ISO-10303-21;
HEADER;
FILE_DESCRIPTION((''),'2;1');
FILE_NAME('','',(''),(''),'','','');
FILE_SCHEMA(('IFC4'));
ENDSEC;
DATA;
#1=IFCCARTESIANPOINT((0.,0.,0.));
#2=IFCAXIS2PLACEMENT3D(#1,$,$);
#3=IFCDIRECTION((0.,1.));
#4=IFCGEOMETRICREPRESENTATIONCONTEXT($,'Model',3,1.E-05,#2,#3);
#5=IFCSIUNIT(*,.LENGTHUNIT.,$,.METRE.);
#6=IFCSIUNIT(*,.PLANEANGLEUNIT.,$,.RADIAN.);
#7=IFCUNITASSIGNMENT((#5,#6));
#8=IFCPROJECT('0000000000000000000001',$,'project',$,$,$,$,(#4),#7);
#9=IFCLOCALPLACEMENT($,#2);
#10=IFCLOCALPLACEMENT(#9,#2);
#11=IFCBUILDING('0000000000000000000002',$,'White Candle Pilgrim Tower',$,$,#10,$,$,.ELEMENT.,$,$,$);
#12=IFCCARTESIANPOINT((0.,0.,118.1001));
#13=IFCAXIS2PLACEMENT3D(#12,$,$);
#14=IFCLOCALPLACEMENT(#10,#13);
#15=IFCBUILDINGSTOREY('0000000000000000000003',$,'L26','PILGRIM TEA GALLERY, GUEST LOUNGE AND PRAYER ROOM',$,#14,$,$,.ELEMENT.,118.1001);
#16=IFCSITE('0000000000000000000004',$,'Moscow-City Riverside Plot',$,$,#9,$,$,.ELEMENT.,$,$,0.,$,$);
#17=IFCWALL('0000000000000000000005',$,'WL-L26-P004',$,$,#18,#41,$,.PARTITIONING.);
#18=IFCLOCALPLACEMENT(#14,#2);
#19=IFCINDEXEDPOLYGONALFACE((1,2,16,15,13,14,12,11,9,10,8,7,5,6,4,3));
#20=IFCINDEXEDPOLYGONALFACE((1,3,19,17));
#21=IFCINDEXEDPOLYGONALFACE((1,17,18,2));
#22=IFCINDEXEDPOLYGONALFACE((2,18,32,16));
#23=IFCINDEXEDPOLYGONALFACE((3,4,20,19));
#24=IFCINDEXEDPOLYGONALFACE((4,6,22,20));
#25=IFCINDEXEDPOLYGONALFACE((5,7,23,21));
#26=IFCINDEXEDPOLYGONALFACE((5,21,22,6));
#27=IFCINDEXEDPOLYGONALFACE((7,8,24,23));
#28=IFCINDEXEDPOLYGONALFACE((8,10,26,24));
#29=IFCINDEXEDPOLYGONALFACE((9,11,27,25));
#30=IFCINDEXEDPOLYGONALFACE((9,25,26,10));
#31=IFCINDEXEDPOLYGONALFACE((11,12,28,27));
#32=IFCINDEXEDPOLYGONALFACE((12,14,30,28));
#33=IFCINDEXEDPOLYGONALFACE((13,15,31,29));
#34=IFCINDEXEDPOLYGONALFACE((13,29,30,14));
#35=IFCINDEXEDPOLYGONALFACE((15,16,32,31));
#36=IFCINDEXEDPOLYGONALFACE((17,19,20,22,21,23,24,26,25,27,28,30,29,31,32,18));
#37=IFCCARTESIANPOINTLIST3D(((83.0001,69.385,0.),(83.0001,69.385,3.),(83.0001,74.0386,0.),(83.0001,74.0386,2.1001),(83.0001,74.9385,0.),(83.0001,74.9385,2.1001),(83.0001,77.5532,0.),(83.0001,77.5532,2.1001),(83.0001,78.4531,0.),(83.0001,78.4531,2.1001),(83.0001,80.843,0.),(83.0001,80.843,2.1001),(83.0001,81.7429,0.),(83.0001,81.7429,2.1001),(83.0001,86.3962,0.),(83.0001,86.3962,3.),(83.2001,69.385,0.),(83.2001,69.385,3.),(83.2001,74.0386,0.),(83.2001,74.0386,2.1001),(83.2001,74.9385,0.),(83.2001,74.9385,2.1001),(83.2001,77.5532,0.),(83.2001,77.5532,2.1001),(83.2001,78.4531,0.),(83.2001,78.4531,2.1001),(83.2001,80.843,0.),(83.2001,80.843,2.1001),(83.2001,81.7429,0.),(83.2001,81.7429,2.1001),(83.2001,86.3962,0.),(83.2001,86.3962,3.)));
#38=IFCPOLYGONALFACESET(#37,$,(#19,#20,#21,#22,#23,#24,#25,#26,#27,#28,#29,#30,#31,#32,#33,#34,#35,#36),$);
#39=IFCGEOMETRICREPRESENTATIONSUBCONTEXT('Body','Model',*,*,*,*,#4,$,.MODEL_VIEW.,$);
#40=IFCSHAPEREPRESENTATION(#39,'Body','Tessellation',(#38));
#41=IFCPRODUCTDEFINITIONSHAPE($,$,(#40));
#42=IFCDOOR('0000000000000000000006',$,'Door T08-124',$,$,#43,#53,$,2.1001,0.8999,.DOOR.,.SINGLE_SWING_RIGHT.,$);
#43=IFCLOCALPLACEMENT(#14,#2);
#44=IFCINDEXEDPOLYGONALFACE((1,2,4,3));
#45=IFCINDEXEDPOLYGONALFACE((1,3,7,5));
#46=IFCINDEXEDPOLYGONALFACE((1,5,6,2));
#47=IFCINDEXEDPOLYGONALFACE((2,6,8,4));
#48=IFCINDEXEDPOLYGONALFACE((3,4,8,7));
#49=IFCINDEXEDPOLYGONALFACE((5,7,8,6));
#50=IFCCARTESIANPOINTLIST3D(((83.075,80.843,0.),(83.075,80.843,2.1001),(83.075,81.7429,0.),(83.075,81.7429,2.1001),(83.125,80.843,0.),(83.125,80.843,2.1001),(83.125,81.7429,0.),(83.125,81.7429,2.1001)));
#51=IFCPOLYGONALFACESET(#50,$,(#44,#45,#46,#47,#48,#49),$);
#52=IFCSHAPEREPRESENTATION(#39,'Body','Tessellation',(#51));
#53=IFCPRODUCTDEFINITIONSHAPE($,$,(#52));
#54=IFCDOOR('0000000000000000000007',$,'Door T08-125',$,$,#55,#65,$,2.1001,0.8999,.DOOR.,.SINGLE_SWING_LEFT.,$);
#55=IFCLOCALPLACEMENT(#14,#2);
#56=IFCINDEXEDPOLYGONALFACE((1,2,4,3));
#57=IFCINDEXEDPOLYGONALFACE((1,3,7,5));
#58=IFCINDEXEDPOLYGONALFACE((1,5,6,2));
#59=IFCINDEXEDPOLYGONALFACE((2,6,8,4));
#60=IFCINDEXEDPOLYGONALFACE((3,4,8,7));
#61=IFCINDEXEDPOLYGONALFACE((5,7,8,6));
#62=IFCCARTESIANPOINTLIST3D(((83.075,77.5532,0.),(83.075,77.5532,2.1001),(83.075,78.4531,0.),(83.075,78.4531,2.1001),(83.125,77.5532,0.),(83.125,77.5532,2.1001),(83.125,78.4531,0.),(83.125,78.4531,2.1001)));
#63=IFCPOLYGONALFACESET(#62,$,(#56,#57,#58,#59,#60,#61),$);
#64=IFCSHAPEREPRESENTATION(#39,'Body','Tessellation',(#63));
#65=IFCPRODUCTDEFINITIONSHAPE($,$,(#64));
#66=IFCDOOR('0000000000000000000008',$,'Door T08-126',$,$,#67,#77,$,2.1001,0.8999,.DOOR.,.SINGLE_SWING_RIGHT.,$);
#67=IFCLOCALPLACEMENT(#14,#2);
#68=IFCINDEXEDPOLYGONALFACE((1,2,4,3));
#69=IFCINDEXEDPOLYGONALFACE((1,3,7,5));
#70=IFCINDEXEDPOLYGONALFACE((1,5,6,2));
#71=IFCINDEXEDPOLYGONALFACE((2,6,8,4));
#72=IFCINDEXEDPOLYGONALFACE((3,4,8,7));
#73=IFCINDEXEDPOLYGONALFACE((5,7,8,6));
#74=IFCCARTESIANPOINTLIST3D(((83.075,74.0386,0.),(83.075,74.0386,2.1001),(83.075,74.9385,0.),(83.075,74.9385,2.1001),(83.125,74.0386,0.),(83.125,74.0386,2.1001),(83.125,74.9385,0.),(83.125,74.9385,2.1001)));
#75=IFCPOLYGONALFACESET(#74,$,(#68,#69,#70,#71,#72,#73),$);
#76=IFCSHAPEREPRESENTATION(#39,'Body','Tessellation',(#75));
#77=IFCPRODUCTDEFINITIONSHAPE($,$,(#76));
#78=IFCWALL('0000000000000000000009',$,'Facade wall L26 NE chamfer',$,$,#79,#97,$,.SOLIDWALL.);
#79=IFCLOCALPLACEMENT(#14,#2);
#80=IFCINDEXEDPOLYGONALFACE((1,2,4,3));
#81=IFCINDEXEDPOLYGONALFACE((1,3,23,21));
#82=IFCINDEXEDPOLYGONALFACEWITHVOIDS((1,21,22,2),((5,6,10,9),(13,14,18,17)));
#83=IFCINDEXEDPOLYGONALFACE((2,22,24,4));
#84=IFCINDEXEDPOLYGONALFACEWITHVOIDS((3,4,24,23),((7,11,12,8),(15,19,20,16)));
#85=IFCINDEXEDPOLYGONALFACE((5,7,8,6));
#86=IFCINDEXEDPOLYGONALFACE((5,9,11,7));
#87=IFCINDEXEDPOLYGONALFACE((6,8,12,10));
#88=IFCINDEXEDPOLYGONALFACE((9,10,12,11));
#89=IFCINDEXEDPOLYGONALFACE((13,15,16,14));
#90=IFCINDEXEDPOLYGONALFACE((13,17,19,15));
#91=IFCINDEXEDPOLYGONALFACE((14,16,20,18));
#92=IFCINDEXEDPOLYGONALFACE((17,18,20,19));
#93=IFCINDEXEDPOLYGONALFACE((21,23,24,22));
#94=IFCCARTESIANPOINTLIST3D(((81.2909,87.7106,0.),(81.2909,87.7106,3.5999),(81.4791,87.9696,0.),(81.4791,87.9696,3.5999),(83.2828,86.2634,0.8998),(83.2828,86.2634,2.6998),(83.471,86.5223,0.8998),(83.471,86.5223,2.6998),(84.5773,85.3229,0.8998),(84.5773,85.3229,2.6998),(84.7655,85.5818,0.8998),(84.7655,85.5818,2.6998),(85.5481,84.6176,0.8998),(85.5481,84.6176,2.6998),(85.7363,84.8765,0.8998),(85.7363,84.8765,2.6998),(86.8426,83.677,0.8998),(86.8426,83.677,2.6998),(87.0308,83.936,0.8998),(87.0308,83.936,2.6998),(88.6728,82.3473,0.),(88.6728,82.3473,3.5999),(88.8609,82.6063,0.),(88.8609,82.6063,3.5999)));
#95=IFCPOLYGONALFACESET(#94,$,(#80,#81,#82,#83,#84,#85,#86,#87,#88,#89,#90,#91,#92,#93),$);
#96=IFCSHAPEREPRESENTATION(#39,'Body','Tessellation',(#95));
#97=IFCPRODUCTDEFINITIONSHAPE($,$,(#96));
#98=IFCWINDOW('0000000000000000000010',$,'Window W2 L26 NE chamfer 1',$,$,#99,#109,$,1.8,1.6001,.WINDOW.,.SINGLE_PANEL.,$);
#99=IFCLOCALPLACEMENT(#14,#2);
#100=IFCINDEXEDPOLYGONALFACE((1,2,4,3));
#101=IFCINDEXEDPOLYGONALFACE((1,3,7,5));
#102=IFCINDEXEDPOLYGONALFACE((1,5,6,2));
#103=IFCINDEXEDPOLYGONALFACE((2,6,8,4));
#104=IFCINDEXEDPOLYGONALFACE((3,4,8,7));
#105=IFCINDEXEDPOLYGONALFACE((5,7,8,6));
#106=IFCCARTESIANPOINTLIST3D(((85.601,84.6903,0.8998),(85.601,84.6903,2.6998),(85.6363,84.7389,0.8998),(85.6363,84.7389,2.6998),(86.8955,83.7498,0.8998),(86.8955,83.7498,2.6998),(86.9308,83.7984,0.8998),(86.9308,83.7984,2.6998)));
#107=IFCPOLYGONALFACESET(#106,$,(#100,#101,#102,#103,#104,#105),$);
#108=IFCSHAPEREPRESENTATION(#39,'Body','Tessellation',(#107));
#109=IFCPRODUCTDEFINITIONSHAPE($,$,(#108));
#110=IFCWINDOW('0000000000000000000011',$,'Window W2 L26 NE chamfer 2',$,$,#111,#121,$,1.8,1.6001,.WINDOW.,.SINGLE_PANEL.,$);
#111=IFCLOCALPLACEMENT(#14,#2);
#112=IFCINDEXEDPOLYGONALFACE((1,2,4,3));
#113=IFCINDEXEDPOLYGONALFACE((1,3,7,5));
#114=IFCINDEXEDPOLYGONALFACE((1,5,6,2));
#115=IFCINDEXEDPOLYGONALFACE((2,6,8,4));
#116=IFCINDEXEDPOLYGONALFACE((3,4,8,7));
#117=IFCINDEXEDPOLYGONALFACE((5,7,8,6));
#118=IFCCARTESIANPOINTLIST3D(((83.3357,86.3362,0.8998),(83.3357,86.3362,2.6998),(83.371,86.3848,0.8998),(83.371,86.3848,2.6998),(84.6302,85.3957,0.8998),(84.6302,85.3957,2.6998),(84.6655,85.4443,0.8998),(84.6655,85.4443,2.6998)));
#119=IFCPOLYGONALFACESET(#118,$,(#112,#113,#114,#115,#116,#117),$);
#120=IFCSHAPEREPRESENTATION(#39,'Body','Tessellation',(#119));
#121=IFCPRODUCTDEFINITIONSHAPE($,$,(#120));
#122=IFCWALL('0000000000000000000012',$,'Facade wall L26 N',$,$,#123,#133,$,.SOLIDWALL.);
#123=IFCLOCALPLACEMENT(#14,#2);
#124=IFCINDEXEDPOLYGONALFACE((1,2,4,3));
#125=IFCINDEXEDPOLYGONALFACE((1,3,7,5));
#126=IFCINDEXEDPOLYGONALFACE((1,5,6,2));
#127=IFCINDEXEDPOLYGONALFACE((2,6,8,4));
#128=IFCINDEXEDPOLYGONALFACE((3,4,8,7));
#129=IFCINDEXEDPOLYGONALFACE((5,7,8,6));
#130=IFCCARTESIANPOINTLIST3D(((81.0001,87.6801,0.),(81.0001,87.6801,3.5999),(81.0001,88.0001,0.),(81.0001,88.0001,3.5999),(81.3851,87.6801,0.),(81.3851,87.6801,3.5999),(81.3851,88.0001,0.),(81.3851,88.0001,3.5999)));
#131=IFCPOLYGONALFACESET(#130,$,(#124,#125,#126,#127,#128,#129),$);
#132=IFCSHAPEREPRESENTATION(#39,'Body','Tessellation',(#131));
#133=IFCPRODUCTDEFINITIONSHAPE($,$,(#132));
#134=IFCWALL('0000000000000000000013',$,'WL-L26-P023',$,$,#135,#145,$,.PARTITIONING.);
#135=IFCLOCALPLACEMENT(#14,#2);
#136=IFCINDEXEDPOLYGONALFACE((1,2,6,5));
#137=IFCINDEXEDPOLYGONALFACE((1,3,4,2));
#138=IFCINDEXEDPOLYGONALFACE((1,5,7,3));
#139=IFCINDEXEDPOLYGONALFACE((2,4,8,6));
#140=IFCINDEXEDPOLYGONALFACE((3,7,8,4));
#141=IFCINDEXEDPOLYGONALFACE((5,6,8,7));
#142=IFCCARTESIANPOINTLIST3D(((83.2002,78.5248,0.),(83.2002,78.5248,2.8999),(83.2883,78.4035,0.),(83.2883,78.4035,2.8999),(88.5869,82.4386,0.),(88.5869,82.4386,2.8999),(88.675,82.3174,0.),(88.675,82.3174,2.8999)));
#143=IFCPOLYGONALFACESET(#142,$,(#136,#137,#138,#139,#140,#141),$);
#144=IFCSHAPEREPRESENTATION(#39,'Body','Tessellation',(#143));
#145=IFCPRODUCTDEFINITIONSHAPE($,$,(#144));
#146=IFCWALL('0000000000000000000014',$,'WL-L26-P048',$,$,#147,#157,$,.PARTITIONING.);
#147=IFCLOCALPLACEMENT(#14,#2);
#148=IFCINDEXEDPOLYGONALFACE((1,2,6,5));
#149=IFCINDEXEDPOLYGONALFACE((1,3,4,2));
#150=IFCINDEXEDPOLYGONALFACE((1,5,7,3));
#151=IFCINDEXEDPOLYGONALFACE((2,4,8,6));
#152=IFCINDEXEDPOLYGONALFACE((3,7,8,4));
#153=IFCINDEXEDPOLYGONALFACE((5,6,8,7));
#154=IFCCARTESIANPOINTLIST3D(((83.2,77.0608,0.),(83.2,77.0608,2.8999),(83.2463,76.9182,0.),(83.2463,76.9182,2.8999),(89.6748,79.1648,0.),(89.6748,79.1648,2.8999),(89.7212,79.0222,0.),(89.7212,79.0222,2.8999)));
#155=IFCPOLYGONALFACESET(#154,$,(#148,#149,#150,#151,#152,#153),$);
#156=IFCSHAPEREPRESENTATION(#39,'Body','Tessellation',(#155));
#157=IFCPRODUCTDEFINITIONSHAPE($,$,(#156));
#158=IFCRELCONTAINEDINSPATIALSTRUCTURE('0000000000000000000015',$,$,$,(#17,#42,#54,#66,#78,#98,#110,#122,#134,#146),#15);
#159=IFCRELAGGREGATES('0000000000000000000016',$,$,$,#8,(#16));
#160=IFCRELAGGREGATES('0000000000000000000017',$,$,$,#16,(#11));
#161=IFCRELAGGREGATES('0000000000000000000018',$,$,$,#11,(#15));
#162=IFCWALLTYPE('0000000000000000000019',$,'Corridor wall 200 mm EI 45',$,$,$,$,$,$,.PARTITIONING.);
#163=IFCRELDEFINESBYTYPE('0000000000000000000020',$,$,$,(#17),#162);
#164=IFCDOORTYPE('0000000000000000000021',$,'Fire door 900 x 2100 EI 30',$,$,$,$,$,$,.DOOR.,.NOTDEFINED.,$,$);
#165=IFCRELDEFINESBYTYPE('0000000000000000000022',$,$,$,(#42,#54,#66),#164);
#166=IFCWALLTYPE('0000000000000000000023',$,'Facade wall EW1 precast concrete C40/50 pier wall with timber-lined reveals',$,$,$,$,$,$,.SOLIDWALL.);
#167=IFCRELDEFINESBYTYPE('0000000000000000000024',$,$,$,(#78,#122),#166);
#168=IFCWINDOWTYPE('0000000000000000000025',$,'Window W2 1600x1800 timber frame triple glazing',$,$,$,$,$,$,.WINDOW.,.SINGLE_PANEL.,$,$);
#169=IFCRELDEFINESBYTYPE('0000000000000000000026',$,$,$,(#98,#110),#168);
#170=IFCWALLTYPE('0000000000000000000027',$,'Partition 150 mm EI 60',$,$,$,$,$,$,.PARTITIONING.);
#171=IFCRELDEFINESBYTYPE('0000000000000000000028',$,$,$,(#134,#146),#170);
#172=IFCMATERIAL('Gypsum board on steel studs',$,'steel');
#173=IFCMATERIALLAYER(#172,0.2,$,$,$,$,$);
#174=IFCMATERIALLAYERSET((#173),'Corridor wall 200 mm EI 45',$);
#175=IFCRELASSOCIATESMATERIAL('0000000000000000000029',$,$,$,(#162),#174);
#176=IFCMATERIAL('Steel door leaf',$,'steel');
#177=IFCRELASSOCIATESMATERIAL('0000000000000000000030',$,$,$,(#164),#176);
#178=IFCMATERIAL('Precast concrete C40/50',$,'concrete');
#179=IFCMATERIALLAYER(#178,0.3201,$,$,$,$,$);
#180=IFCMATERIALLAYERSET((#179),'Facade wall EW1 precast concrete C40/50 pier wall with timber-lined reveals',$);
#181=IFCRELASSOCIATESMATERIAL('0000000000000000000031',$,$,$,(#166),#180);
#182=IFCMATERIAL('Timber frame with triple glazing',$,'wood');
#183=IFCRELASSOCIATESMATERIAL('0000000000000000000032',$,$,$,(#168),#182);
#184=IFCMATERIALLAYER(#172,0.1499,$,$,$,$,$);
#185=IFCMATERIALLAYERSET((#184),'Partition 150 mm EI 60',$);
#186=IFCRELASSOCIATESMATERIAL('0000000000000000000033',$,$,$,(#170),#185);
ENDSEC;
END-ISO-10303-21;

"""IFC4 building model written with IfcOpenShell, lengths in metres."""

from ifc_helpers import new_model, si_unit, direction, frame, frame_2d, origin, place, context, subcontext, project, spatial, rectangle, extrude, material, layer, layer_set, type_object, element, fill, save


model = new_model("IFC4")

# Units and contexts
model_context = context("Model", 3, precision=1e-05, world=origin(), true_north=direction((0.0, 1.0)))
body_context = subcontext(model_context, "Body", "Model", "MODEL_VIEW")
ifc_project = project(units=[si_unit("LENGTHUNIT", "METRE"), si_unit("PLANEANGLEUNIT", "RADIAN")], contexts=[model_context])

# Site, building, storey
site_placement = place(None, origin())
site = spatial("IfcSite", under=ifc_project, at=site_placement, Name="Moscow-City Riverside Plot", CompositionType="ELEMENT", RefElevation=0.0)
building_placement = place(site_placement, origin())
building = spatial("IfcBuilding", under=site, at=building_placement, Name="White Candle Pilgrim Tower", CompositionType="ELEMENT")
storey_placement = place(building_placement, frame((0.0, 0.0, 118.1001)))
storey = spatial("IfcBuildingStorey", under=building, at=storey_placement, Name="L26", Description="PILGRIM TEA GALLERY, GUEST LOUNGE AND PRAYER ROOM", CompositionType="ELEMENT", Elevation=118.1001)

# Shared definitions
ifc_material_1 = material(Name="Steel door leaf", Category="steel")

# Wall, openings, doors
ifc_material_2 = material(Name="Gypsum board on steel studs", Category="steel")
ifc_layer_1 = layer(ifc_material_2, 0.2)
ifc_layer_set_1 = layer_set([ifc_layer_1], Name="Corridor wall 200 mm EI 45")
wall_type_1 = type_object("IfcWallType", Name="Corridor wall 200 mm EI 45", PredefinedType="PARTITIONING", material=ifc_layer_set_1)
wall_1_placement = place(storey_placement, frame((83.1001, 86.3962, 0.0), z_axis=(0.0, 0.0, 1.0), x_axis=(0.0, -1.0, 0.0)))
wall_1 = element("IfcWall", 1, at=wall_1_placement, inside=storey, type_object=wall_type_1, Name="WL-L26-P004", PredefinedType="PARTITIONING", context=body_context, shape_type="SweptSolid", body=[
    extrude(rectangle(XDim=17.0112, YDim=0.2, at=frame_2d((8.5056, 0.0))), origin(), (0.0, 0.0, 1.0), 3.0),
])
opening_1_placement = place(wall_1_placement, frame((4.6533, 0.0, 0.0)))
opening_1 = element("IfcOpeningElement", 2, at=opening_1_placement, cuts=wall_1, PredefinedType="OPENING", context=body_context, shape_type="SweptSolid", body=[
    extrude(rectangle(XDim=0.8999, YDim=2.1001, at=frame_2d((0.45, 1.05))), frame((0.0, 0.1099, 0.0), z_axis=(0.0, -1.0, 0.0), x_axis=(1.0, 0.0, 0.0)), (0.0, 0.0, 1.0), 0.22),
])
opening_2_placement = place(wall_1_placement, frame((7.9431, 0.0, 0.0)))
opening_2 = element("IfcOpeningElement", 3, at=opening_2_placement, cuts=wall_1, PredefinedType="OPENING", context=body_context, shape_type="SweptSolid", body=[
    extrude(rectangle(XDim=0.8999, YDim=2.1001, at=frame_2d((0.45, 1.05))), frame((0.0, 0.1099, 0.0), z_axis=(0.0, -1.0, 0.0), x_axis=(1.0, 0.0, 0.0)), (0.0, 0.0, 1.0), 0.22),
])
opening_3_placement = place(wall_1_placement, frame((11.4578, 0.0, 0.0)))
opening_3 = element("IfcOpeningElement", 4, at=opening_3_placement, cuts=wall_1, PredefinedType="OPENING", context=body_context, shape_type="SweptSolid", body=[
    extrude(rectangle(XDim=0.8999, YDim=2.1001, at=frame_2d((0.45, 1.05))), frame((0.0, 0.1099, 0.0), z_axis=(0.0, -1.0, 0.0), x_axis=(1.0, 0.0, 0.0)), (0.0, 0.0, 1.0), 0.22),
])
door_type_1 = type_object("IfcDoorType", Name="Fire door 900 x 2100 EI 30", OperationType="NOTDEFINED", PredefinedType="DOOR", material=ifc_material_1)
door_1_placement = place(opening_1_placement, origin())
door_1 = element("IfcDoor", 5, at=door_1_placement, inside=storey, type_object=door_type_1, Name="Door T08-124", OperationType="SINGLE_SWING_RIGHT", OverallHeight=2.1001, OverallWidth=0.8999, PredefinedType="DOOR", context=body_context, shape_type="SweptSolid", body=[
    extrude(rectangle(XDim=0.8999, YDim=2.1001, at=frame_2d((0.45, 1.05))), frame((0.0, 0.0249, 0.0), z_axis=(0.0, -1.0, 0.0), x_axis=(1.0, 0.0, 0.0)), (0.0, 0.0, 1.0), 0.05),
])
fill(opening_1, door_1)
door_2_placement = place(opening_2_placement, origin())
door_2 = element("IfcDoor", 6, at=door_2_placement, inside=storey, type_object=door_type_1, Name="Door T08-125", OperationType="SINGLE_SWING_LEFT", OverallHeight=2.1001, OverallWidth=0.8999, PredefinedType="DOOR", context=body_context, shape_type="SweptSolid", body=[
    extrude(rectangle(XDim=0.8999, YDim=2.1001, at=frame_2d((0.45, 1.05))), frame((0.0, 0.0249, 0.0), z_axis=(0.0, -1.0, 0.0), x_axis=(1.0, 0.0, 0.0)), (0.0, 0.0, 1.0), 0.05),
])
fill(opening_2, door_2)
door_3_placement = place(opening_3_placement, origin())
door_3 = element("IfcDoor", 7, at=door_3_placement, inside=storey, type_object=door_type_1, Name="Door T08-126", OperationType="SINGLE_SWING_RIGHT", OverallHeight=2.1001, OverallWidth=0.8999, PredefinedType="DOOR", context=body_context, shape_type="SweptSolid", body=[
    extrude(rectangle(XDim=0.8999, YDim=2.1001, at=frame_2d((0.45, 1.05))), frame((0.0, 0.0249, 0.0), z_axis=(0.0, -1.0, 0.0), x_axis=(1.0, 0.0, 0.0)), (0.0, 0.0, 1.0), 0.05),
])
fill(opening_3, door_3)

# Wall, openings, windows
ifc_material_3 = material(Name="Precast concrete C40/50", Category="concrete")
ifc_layer_2 = layer(ifc_material_3, 0.3201)
ifc_layer_set_2 = layer_set([ifc_layer_2], Name="Facade wall EW1 precast concrete C40/50 pier wall with timber-lined reveals")
wall_type_2 = type_object("IfcWallType", Name="Facade wall EW1 precast concrete C40/50 pier wall with timber-lined reveals", PredefinedType="SOLIDWALL", material=ifc_layer_set_2)
wall_2_placement = place(storey_placement, frame((88.7668, 82.4768, 0.0), z_axis=(0.0, 0.0, 1.0), x_axis=(-0.809014, 0.58779, 0.0)))
wall_2 = element("IfcWall", 8, at=wall_2_placement, inside=storey, type_object=wall_type_2, Name="Facade wall L26 NE chamfer", PredefinedType="SOLIDWALL", context=body_context, shape_type="SweptSolid", body=[
    extrude(rectangle(XDim=9.1245, YDim=0.3201, at=frame_2d((4.5623, 0.0))), origin(), (0.0, 0.0, 1.0), 3.5999),
])
opening_4_placement = place(wall_2_placement, frame((2.2622, 0.0, 0.8999)))
opening_4 = element("IfcOpeningElement", 9, at=opening_4_placement, cuts=wall_2, PredefinedType="OPENING", context=body_context, shape_type="SweptSolid", body=[
    extrude(rectangle(XDim=1.6001, YDim=1.8, at=frame_2d((0.8, 0.8999))), frame((0.0, 0.1699, 0.0), z_axis=(0.0, -1.0, 0.0), x_axis=(1.0, 0.0, 0.0)), (0.0, 0.0, 1.0), 0.3401),
])
opening_5_placement = place(wall_2_placement, frame((5.0623, 0.0, 0.8999)))
opening_5 = element("IfcOpeningElement", 10, at=opening_5_placement, cuts=wall_2, PredefinedType="OPENING", context=body_context, shape_type="SweptSolid", body=[
    extrude(rectangle(XDim=1.6001, YDim=1.8, at=frame_2d((0.8, 0.8999))), frame((0.0, 0.1699, 0.0), z_axis=(0.0, -1.0, 0.0), x_axis=(1.0, 0.0, 0.0)), (0.0, 0.0, 1.0), 0.3401),
])
ifc_material_4 = material(Name="Timber frame with triple glazing", Category="wood")
window_type = type_object("IfcWindowType", Name="Window W2 1600x1800 timber frame triple glazing", PartitioningType="SINGLE_PANEL", PredefinedType="WINDOW", material=ifc_material_4)
window_1_placement = place(opening_4_placement, origin())
window_1 = element("IfcWindow", 11, at=window_1_placement, inside=storey, type_object=window_type, Name="Window W2 L26 NE chamfer 1", OverallHeight=1.8, OverallWidth=1.6001, PartitioningType="SINGLE_PANEL", PredefinedType="WINDOW", context=body_context, shape_type="SweptSolid", body=[
    extrude(rectangle(XDim=1.6001, YDim=1.8, at=frame_2d((0.8, 0.8999))), frame((0.0, 0.0701, 0.0), z_axis=(0.0, -1.0, 0.0), x_axis=(1.0, 0.0, 0.0)), (0.0, 0.0, 1.0), 0.0601),
])
fill(opening_4, window_1)
window_2_placement = place(opening_5_placement, origin())
window_2 = element("IfcWindow", 12, at=window_2_placement, inside=storey, type_object=window_type, Name="Window W2 L26 NE chamfer 2", OverallHeight=1.8, OverallWidth=1.6001, PartitioningType="SINGLE_PANEL", PredefinedType="WINDOW", context=body_context, shape_type="SweptSolid", body=[
    extrude(rectangle(XDim=1.6001, YDim=1.8, at=frame_2d((0.8, 0.8999))), frame((0.0, 0.0701, 0.0), z_axis=(0.0, -1.0, 0.0), x_axis=(1.0, 0.0, 0.0)), (0.0, 0.0, 1.0), 0.0601),
])
fill(opening_5, window_2)

# Walls
wall_3_placement = place(storey_placement, frame((81.385, 87.8401, 0.0), z_axis=(0.0, 0.0, 1.0), x_axis=(-1.0, 0.0, 0.0)))
element("IfcWall", 13, at=wall_3_placement, inside=storey, type_object=wall_type_2, Name="Facade wall L26 N", PredefinedType="SOLIDWALL", context=body_context, shape_type="SweptSolid", body=[
    extrude(rectangle(XDim=0.385, YDim=0.3201, at=frame_2d((0.1924, 0.0))), origin(), (0.0, 0.0, 1.0), 3.5999),
])
ifc_layer_3 = layer(ifc_material_2, 0.1499)
ifc_layer_set_3 = layer_set([ifc_layer_3], Name="Partition 150 mm EI 60")
wall_type_3 = type_object("IfcWallType", Name="Partition 150 mm EI 60", PredefinedType="PARTITIONING", material=ifc_layer_set_3)
wall_4_placement = place(storey_placement, frame((88.6309, 82.3779, 0.0), z_axis=(0.0, 0.0, 1.0), x_axis=(-0.809007, -0.587799, 0.0)))
element("IfcWall", 14, at=wall_4_placement, inside=storey, type_object=wall_type_3, Name="WL-L26-P023", PredefinedType="PARTITIONING", context=body_context, shape_type="SweptSolid", body=[
    extrude(rectangle(XDim=6.6584, YDim=0.1499, at=frame_2d((3.3291, 0.0))), origin(), (0.0, 0.0, 1.0), 2.8999),
])
wall_5_placement = place(storey_placement, frame((89.698, 79.0935, 0.0), z_axis=(0.0, 0.0, 1.0), x_axis=(-0.951048, -0.309043, 0.0)))
element("IfcWall", 15, at=wall_5_placement, inside=storey, type_object=wall_type_3, Name="WL-L26-P048", PredefinedType="PARTITIONING", context=body_context, shape_type="SweptSolid", body=[
    extrude(rectangle(XDim=6.8081, YDim=0.1499, at=frame_2d((3.4041, 0.0))), origin(), (0.0, 0.0, 1.0), 2.8999),
])

save(model, "model.ifc")
